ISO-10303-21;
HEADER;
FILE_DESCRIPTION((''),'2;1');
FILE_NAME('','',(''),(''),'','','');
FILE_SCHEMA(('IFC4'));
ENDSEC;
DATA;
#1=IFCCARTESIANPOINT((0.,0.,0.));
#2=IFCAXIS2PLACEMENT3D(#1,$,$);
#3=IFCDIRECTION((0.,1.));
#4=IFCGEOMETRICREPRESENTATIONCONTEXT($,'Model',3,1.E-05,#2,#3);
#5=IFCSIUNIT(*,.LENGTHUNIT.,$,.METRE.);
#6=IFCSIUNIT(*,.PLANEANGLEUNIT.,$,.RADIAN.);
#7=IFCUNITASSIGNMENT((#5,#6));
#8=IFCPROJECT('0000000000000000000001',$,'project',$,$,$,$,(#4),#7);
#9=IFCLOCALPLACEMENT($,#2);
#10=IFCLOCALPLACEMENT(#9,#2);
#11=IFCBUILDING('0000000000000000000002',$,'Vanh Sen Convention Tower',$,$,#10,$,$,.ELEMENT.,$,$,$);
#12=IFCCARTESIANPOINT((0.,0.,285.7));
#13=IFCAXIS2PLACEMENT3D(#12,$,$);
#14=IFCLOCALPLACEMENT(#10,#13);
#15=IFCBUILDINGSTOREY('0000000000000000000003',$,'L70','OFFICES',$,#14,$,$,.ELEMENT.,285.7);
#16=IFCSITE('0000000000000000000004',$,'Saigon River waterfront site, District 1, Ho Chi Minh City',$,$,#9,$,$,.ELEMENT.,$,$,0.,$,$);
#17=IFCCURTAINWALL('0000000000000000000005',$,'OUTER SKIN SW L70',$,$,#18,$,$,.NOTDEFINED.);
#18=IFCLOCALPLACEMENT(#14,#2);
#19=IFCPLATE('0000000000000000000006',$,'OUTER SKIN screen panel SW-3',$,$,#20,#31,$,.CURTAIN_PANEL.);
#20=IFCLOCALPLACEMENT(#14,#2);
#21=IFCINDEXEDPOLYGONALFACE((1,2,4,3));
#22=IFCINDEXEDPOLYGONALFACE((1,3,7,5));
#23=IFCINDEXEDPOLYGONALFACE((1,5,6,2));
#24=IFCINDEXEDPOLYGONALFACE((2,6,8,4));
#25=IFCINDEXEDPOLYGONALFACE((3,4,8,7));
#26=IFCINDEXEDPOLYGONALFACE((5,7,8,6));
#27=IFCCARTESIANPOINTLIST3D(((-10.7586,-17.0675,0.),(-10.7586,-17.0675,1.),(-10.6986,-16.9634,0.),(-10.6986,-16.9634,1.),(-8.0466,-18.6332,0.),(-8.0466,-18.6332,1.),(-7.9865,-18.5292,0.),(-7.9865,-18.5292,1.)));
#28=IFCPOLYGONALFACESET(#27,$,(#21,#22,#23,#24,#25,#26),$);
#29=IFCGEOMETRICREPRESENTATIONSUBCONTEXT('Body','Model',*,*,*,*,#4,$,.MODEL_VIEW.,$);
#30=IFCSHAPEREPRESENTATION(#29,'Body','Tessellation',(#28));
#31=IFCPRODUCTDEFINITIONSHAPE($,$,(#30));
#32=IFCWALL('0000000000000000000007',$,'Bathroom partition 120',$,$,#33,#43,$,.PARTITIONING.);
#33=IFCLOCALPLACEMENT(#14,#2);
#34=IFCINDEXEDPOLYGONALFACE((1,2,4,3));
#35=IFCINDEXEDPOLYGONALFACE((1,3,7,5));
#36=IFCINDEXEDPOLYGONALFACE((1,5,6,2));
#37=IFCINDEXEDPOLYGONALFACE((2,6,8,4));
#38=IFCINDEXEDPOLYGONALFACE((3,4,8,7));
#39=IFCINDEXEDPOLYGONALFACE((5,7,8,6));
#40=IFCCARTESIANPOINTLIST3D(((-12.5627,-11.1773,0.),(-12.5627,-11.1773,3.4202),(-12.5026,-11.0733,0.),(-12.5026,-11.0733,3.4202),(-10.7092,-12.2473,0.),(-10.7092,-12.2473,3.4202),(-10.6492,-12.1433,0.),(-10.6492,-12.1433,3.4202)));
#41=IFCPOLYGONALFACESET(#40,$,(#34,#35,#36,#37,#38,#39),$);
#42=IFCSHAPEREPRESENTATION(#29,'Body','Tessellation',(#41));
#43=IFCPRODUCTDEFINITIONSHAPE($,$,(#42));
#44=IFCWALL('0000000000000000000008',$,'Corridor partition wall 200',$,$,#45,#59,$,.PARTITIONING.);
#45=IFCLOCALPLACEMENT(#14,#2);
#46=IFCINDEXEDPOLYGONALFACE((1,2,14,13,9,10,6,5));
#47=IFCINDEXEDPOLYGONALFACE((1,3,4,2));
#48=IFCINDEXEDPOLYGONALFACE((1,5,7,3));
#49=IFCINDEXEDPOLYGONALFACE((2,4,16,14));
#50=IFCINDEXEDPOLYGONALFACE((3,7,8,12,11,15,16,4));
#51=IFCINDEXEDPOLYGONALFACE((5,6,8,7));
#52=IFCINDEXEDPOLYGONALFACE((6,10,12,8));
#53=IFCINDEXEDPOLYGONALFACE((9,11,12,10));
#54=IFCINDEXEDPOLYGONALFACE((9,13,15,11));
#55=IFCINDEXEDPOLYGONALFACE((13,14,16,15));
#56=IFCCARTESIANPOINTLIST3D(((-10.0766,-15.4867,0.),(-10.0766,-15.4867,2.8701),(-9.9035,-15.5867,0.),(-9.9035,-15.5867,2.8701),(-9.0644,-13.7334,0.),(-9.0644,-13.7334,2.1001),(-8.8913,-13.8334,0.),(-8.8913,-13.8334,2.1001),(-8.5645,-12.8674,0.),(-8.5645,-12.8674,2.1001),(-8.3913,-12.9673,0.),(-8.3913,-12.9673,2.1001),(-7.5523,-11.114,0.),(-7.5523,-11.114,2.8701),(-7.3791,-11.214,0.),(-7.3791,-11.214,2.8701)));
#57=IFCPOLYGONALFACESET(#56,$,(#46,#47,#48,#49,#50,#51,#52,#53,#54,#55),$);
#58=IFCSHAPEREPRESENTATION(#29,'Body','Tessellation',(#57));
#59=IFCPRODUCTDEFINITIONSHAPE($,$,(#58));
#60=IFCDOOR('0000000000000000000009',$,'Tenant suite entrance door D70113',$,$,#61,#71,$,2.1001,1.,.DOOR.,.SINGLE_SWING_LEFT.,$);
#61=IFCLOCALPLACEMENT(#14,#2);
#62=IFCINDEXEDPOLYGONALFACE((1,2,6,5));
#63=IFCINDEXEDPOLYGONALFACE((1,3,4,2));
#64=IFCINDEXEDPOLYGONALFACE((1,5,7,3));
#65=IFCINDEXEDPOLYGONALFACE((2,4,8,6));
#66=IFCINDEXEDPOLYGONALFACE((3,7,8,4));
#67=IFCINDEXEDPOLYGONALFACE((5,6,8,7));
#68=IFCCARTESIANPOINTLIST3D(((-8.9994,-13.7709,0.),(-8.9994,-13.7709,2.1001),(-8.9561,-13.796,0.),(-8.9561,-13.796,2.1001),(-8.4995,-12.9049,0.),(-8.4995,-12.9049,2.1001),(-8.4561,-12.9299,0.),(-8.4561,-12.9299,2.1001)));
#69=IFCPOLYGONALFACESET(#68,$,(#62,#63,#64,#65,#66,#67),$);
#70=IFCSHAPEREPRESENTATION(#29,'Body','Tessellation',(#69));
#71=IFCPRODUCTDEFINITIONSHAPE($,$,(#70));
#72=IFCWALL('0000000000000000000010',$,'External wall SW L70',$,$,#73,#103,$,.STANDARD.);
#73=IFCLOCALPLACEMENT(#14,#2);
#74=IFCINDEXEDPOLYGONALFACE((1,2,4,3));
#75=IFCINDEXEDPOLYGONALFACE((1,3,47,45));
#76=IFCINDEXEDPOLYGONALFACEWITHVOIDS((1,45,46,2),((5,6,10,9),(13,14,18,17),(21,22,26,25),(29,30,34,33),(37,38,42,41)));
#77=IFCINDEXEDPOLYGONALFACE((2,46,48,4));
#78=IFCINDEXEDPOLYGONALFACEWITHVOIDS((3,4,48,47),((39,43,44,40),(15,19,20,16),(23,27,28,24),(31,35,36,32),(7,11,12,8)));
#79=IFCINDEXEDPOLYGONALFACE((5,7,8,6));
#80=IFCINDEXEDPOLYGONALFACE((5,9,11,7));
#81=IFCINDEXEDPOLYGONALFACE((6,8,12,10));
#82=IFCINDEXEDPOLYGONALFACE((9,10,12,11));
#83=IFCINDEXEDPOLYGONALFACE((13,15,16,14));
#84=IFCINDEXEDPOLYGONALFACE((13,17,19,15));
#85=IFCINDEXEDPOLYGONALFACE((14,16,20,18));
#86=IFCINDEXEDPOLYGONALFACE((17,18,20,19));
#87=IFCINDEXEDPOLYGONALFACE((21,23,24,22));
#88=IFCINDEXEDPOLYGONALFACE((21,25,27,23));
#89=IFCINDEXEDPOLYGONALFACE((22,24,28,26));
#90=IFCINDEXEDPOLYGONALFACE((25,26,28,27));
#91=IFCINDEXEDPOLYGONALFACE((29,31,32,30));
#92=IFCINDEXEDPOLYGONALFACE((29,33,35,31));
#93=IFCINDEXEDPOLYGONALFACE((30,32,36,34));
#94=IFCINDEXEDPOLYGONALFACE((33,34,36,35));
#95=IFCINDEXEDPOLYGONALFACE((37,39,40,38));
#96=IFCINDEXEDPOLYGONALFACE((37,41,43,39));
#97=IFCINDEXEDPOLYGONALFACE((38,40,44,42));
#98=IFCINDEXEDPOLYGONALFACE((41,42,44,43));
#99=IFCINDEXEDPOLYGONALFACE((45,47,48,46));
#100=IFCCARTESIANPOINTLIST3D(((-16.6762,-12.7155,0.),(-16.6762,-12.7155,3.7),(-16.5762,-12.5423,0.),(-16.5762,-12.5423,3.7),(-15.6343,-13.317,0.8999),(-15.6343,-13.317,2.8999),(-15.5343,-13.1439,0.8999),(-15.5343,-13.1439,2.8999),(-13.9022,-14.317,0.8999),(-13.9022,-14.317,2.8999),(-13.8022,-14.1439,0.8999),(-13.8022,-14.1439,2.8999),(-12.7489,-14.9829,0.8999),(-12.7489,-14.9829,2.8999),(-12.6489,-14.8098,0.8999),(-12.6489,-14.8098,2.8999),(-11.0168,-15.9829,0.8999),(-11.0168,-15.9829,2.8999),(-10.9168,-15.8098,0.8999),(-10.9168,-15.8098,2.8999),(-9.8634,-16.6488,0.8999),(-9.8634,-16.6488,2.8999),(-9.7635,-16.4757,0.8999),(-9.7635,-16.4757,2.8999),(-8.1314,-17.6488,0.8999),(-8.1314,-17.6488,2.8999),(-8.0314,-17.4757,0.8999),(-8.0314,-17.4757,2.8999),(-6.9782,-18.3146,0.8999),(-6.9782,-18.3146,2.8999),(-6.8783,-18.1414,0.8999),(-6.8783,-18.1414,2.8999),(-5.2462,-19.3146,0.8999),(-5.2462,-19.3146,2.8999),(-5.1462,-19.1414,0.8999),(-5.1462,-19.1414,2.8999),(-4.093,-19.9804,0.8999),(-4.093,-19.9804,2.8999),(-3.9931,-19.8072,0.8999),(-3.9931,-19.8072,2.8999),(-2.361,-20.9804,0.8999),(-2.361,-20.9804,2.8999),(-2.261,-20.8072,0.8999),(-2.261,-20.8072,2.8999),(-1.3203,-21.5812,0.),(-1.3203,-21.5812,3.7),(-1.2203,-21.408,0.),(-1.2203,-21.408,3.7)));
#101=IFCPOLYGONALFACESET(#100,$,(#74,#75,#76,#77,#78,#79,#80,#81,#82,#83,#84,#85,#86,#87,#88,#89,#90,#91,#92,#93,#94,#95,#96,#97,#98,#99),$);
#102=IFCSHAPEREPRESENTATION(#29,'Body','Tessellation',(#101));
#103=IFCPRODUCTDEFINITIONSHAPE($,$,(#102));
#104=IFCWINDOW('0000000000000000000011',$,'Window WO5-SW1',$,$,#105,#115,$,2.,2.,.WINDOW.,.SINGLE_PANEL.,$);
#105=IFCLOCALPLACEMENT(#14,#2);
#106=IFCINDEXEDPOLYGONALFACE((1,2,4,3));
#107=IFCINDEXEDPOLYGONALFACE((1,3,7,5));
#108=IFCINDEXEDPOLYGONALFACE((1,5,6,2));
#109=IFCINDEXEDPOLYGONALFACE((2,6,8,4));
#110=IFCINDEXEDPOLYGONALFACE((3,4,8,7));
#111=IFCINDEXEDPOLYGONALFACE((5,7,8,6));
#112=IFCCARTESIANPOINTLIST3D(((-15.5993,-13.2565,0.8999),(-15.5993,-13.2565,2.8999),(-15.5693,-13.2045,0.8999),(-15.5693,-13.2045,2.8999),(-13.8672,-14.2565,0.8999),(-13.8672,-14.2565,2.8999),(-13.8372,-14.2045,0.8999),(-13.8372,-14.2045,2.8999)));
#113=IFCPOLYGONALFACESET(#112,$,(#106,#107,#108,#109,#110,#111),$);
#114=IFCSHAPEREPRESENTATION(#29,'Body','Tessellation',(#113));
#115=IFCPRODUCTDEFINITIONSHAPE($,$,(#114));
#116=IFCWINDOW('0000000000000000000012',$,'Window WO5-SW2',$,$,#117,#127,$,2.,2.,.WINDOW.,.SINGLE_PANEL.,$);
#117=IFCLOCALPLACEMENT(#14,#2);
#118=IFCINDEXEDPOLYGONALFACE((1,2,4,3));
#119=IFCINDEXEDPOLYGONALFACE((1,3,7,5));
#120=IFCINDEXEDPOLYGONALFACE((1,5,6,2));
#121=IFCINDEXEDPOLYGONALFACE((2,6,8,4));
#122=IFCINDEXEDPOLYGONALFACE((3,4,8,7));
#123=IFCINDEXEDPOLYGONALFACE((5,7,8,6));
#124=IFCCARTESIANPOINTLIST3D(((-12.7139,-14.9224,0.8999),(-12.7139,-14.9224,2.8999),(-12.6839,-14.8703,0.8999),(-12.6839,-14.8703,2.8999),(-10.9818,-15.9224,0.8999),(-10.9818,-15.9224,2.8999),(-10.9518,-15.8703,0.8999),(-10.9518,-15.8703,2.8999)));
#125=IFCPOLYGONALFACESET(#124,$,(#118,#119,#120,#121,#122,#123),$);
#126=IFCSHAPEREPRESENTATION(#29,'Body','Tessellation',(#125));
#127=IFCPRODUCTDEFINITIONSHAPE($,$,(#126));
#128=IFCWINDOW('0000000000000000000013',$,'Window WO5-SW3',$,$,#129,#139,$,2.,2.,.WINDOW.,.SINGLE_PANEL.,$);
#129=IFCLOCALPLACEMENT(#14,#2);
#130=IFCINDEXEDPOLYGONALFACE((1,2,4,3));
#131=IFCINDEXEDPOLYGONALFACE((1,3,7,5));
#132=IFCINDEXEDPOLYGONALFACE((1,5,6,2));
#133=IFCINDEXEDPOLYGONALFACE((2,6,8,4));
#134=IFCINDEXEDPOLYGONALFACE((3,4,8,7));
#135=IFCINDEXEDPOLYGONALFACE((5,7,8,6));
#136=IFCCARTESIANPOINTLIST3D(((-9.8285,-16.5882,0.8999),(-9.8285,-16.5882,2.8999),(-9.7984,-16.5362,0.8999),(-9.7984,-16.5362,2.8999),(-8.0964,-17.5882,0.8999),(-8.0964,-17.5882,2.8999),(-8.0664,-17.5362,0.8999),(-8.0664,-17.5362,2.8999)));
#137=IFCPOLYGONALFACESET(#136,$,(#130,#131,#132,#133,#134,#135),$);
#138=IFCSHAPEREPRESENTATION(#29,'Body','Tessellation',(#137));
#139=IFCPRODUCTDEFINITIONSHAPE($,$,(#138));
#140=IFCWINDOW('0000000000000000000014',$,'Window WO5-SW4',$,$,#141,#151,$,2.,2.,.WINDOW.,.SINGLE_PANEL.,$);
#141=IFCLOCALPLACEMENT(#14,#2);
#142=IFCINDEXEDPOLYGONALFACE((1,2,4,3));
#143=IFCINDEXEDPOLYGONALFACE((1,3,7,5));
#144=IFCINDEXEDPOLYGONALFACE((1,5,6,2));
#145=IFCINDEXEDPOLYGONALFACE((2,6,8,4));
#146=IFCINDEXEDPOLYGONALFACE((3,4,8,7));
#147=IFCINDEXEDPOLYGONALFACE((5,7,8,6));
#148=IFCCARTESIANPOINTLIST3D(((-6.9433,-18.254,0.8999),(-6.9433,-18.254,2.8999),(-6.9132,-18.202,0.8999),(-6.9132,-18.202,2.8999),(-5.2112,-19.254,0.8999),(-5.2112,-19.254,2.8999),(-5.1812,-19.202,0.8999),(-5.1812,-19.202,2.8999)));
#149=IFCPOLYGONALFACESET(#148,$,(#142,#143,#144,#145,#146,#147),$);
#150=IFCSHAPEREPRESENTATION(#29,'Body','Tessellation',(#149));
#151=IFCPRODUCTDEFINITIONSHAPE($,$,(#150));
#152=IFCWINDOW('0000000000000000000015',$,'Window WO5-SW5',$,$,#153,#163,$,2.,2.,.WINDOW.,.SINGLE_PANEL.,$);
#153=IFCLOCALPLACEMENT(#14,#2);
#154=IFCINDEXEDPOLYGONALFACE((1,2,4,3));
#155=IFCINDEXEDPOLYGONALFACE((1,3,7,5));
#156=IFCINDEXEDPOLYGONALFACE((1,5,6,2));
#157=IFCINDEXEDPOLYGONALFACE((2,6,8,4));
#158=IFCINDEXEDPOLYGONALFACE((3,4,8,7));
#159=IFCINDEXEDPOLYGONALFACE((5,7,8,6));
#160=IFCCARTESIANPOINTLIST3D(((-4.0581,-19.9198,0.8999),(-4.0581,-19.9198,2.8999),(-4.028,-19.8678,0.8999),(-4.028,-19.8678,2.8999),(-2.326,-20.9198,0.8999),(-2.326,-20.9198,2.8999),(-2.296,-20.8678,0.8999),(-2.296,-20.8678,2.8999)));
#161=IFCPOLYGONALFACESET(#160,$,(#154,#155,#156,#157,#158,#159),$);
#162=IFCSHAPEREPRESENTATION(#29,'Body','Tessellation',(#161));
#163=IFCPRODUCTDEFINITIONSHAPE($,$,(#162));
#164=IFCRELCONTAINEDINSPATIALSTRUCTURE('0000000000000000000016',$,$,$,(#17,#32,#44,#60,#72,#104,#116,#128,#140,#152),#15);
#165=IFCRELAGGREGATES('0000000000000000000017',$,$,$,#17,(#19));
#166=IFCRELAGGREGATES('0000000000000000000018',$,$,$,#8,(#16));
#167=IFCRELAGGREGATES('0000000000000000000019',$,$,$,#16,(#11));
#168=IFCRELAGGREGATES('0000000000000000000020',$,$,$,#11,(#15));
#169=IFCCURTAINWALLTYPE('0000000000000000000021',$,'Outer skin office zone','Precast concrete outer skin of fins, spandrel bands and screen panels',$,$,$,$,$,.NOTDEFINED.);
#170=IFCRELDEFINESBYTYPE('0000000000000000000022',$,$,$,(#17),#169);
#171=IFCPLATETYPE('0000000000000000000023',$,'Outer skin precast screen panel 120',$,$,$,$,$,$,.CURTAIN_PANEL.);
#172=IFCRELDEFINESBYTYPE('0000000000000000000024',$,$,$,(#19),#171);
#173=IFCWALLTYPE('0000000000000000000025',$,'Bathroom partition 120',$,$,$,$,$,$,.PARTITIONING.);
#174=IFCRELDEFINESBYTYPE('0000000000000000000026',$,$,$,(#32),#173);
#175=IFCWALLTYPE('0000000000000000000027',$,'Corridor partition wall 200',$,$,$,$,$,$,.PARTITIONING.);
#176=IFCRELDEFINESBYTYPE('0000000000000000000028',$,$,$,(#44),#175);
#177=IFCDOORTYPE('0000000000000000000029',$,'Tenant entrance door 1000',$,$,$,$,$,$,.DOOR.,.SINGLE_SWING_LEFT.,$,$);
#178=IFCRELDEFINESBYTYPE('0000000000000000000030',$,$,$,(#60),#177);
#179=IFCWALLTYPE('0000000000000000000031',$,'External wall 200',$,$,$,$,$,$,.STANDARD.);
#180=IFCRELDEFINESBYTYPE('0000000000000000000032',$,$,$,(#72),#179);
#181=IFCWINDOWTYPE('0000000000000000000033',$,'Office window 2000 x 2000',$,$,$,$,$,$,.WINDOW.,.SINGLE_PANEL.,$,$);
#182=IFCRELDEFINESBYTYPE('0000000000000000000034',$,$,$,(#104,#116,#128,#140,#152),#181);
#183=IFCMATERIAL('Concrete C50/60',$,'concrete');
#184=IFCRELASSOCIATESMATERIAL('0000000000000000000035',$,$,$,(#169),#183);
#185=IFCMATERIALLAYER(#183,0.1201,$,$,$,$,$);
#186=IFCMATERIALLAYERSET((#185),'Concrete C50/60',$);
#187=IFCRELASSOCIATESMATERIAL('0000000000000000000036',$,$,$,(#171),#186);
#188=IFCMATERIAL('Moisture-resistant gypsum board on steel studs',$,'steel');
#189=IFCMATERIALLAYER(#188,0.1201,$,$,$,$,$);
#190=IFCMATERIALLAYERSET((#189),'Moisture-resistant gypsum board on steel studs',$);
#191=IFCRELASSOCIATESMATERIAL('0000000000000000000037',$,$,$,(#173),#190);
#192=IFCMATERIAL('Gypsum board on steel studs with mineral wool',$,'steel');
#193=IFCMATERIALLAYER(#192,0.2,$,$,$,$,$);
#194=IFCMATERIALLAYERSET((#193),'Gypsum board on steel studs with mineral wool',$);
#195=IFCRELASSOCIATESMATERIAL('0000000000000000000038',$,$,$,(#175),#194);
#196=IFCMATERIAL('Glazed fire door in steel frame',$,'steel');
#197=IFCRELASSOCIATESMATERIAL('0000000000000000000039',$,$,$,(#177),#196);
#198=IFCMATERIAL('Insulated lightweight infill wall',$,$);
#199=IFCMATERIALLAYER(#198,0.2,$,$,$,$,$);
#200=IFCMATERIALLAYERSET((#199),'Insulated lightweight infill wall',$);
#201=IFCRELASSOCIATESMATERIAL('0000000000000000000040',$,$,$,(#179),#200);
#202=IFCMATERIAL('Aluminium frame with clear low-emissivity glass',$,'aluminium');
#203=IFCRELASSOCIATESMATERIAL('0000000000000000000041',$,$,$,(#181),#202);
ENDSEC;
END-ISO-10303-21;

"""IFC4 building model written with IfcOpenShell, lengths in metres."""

from ifc_helpers import new_model, si_unit, direction, frame, frame_2d, origin, origin_2d, place, context, subcontext, project, spatial, rectangle, extrude, material, layer, layer_set, type_object, element, fill, aggregate, save


model = new_model("IFC4")

# Units and contexts
model_context = context("Model", 3, precision=1e-05, world=origin(), true_north=direction((0.0, 1.0)))
body_context = subcontext(model_context, "Body", "Model", "MODEL_VIEW")
ifc_project = project(units=[si_unit("LENGTHUNIT", "METRE"), si_unit("PLANEANGLEUNIT", "RADIAN")], contexts=[model_context])

# Site, building, storey
site_placement = place(None, origin())
site = spatial("IfcSite", under=ifc_project, at=site_placement, Name="Saigon River waterfront site, District 1, Ho Chi Minh City", CompositionType="ELEMENT", RefElevation=0.0)
building_placement = place(site_placement, origin())
building = spatial("IfcBuilding", under=site, at=building_placement, Name="Vanh Sen Convention Tower", CompositionType="ELEMENT")
storey_placement = place(building_placement, frame((0.0, 0.0, 285.7)))
storey = spatial("IfcBuildingStorey", under=building, at=storey_placement, Name="L70", Description="OFFICES", CompositionType="ELEMENT", Elevation=285.7)

# Curtain wall
ifc_material_1 = material(Name="Concrete C50/60", Category="concrete")
curtain_wall_type = type_object("IfcCurtainWallType", Name="Outer skin office zone", Description="Precast concrete outer skin of fins, spandrel bands and screen panels", PredefinedType="NOTDEFINED", material=ifc_material_1)
curtain_wall_placement = place(storey_placement, origin())
curtain_wall = element("IfcCurtainWall", 1, at=curtain_wall_placement, inside=storey, type_object=curtain_wall_type, Name="OUTER SKIN SW L70", PredefinedType="NOTDEFINED")

# Plate
ifc_layer_1 = layer(ifc_material_1, 0.1201)
ifc_layer_set_1 = layer_set([ifc_layer_1], Name="Concrete C50/60")
plate_type = type_object("IfcPlateType", Name="Outer skin precast screen panel 120", PredefinedType="CURTAIN_PANEL", material=ifc_layer_set_1)
plate_1_placement = place(storey_placement, frame((-9.3726, -17.7983, 0.0), z_axis=(0.0, 0.0, 1.0), x_axis=(0.866029, -0.499994, 0.0)))
plate_1 = element("IfcPlate", 2, at=plate_1_placement, type_object=plate_type, Name="OUTER SKIN screen panel SW-3", PredefinedType="CURTAIN_PANEL", context=body_context, shape_type="SweptSolid", body=[
    extrude(rectangle(XDim=3.1316, YDim=0.1201, at=origin_2d()), origin(), (0.0, 0.0, 1.0), 1.0),
])
aggregate(curtain_wall, [plate_1])

# Wall
ifc_material_2 = material(Name="Moisture-resistant gypsum board on steel studs", Category="steel")
ifc_layer_2 = layer(ifc_material_2, 0.1201)
ifc_layer_set_2 = layer_set([ifc_layer_2], Name="Moisture-resistant gypsum board on steel studs")
wall_type_1 = type_object("IfcWallType", Name="Bathroom partition 120", PredefinedType="PARTITIONING", material=ifc_layer_set_2)
wall_1_placement = place(storey_placement, frame((-10.6792, -12.1953, 0.0), z_axis=(0.0, 0.0, 1.0), x_axis=(-0.866037, 0.499979, 0.0)))
element("IfcWall", 3, at=wall_1_placement, inside=storey, type_object=wall_type_1, Name="Bathroom partition 120", PredefinedType="PARTITIONING", context=body_context, shape_type="SweptSolid", body=[
    extrude(rectangle(XDim=2.1401, YDim=0.1201, at=frame_2d((1.0701, 0.0))), origin(), (0.0, 0.0, 1.0), 3.4202),
])

# Wall, opening, door
ifc_material_3 = material(Name="Gypsum board on steel studs with mineral wool", Category="steel")
ifc_layer_3 = layer(ifc_material_3, 0.2)
ifc_layer_set_3 = layer_set([ifc_layer_3], Name="Gypsum board on steel studs with mineral wool")
wall_type_2 = type_object("IfcWallType", Name="Corridor partition wall 200", PredefinedType="PARTITIONING", material=ifc_layer_set_3)
wall_2_placement = place(storey_placement, frame((-9.99, -15.5366, 0.0), z_axis=(0.0, 0.0, 1.0), x_axis=(0.499967, 0.866045, 0.0)))
wall_2 = element("IfcWall", 4, at=wall_2_placement, inside=storey, type_object=wall_type_2, Name="Corridor partition wall 200", PredefinedType="PARTITIONING", context=body_context, shape_type="SweptSolid", body=[
    extrude(rectangle(XDim=5.0491, YDim=0.2, at=frame_2d((2.5244, 0.0))), origin(), (0.0, 0.0, 1.0), 2.8701),
])
opening_1_placement = place(wall_2_placement, frame((2.0244, 0.0, 0.0)))
opening_1 = element("IfcOpeningElement", 5, at=opening_1_placement, cuts=wall_2, PredefinedType="OPENING", context=body_context, shape_type="SweptSolid", body=[
    extrude(rectangle(XDim=1.0, YDim=2.1001, at=frame_2d((0.5, 1.05))), frame((0.0, 0.1099, 0.0), z_axis=(0.0, -1.0, 0.0), x_axis=(1.0, 0.0, 0.0)), (0.0, 0.0, 1.0), 0.22),
])
ifc_material_4 = material(Name="Glazed fire door in steel frame", Category="steel")
door_type = type_object("IfcDoorType", Name="Tenant entrance door 1000", OperationType="SINGLE_SWING_LEFT", PredefinedType="DOOR", material=ifc_material_4)
door_placement = place(opening_1_placement, origin())
door = element("IfcDoor", 6, at=door_placement, inside=storey, type_object=door_type, Name="Tenant suite entrance door D70113", OperationType="SINGLE_SWING_LEFT", OverallHeight=2.1001, OverallWidth=1.0, PredefinedType="DOOR", context=body_context, shape_type="SweptSolid", body=[
    extrude(rectangle(XDim=1.0, YDim=2.1001, at=frame_2d((0.5, 1.05))), frame((0.0, 0.0249, 0.0), z_axis=(0.0, -1.0, 0.0), x_axis=(1.0, 0.0, 0.0)), (0.0, 0.0, 1.0), 0.05),
])
fill(opening_1, door)

# Wall, openings, windows
ifc_material_5 = material(Name="Insulated lightweight infill wall")
ifc_layer_4 = layer(ifc_material_5, 0.2)
ifc_layer_set_4 = layer_set([ifc_layer_4], Name="Insulated lightweight infill wall")
wall_type_3 = type_object("IfcWallType", Name="External wall 200", PredefinedType="STANDARD", material=ifc_layer_set_4)
wall_3_placement = place(storey_placement, frame((-16.6262, -12.6289, 0.0), z_axis=(0.0, 0.0, 1.0), x_axis=(0.866026, -0.499998, 0.0)))
wall_3 = element("IfcWall", 7, at=wall_3_placement, inside=storey, type_object=wall_type_3, Name="External wall SW L70", PredefinedType="STANDARD", context=body_context, shape_type="SweptSolid", body=[
    extrude(rectangle(XDim=17.7314, YDim=0.2, at=frame_2d((8.8657, 0.0))), origin(), (0.0, 0.0, 1.0), 3.7),
])
opening_2_placement = place(wall_3_placement, frame((1.2031, 0.0, 0.8999)))
opening_2 = element("IfcOpeningElement", 8, at=opening_2_placement, cuts=wall_3, PredefinedType="OPENING", context=body_context, shape_type="SweptSolid", body=[
    extrude(rectangle(XDim=2.0, YDim=2.0, at=frame_2d((1.0, 1.0))), frame((0.0, 0.1099, 0.0), z_axis=(0.0, -1.0, 0.0), x_axis=(1.0, 0.0, 0.0)), (0.0, 0.0, 1.0), 0.22),
])
opening_3_placement = place(wall_3_placement, frame((4.5349, 0.0, 0.8999)))
opening_3 = element("IfcOpeningElement", 9, at=opening_3_placement, cuts=wall_3, PredefinedType="OPENING", context=body_context, shape_type="SweptSolid", body=[
    extrude(rectangle(XDim=2.0, YDim=2.0, at=frame_2d((1.0, 1.0))), frame((0.0, 0.1099, 0.0), z_axis=(0.0, -1.0, 0.0), x_axis=(1.0, 0.0, 0.0)), (0.0, 0.0, 1.0), 0.22),
])
opening_4_placement = place(wall_3_placement, frame((7.8667, 0.0, 0.8999)))
opening_4 = element("IfcOpeningElement", 10, at=opening_4_placement, cuts=wall_3, PredefinedType="OPENING", context=body_context, shape_type="SweptSolid", body=[
    extrude(rectangle(XDim=2.0, YDim=2.0, at=frame_2d((1.0, 1.0))), frame((0.0, 0.1099, 0.0), z_axis=(0.0, -1.0, 0.0), x_axis=(1.0, 0.0, 0.0)), (0.0, 0.0, 1.0), 0.22),
])
opening_5_placement = place(wall_3_placement, frame((11.1982, 0.0, 0.8999)))
opening_5 = element("IfcOpeningElement", 11, at=opening_5_placement, cuts=wall_3, PredefinedType="OPENING", context=body_context, shape_type="SweptSolid", body=[
    extrude(rectangle(XDim=2.0, YDim=2.0, at=frame_2d((1.0, 1.0))), frame((0.0, 0.1099, 0.0), z_axis=(0.0, -1.0, 0.0), x_axis=(1.0, 0.0, 0.0)), (0.0, 0.0, 1.0), 0.22),
])
opening_6_placement = place(wall_3_placement, frame((14.5298, 0.0, 0.8999)))
opening_6 = element("IfcOpeningElement", 12, at=opening_6_placement, cuts=wall_3, PredefinedType="OPENING", context=body_context, shape_type="SweptSolid", body=[
    extrude(rectangle(XDim=2.0, YDim=2.0, at=frame_2d((1.0, 1.0))), frame((0.0, 0.1099, 0.0), z_axis=(0.0, -1.0, 0.0), x_axis=(1.0, 0.0, 0.0)), (0.0, 0.0, 1.0), 0.22),
])
ifc_material_6 = material(Name="Aluminium frame with clear low-emissivity glass", Category="aluminium")
window_type = type_object("IfcWindowType", Name="Office window 2000 x 2000", PartitioningType="SINGLE_PANEL", PredefinedType="WINDOW", material=ifc_material_6)
window_1_placement = place(opening_2_placement, origin())
window_1 = element("IfcWindow", 13, at=window_1_placement, inside=storey, type_object=window_type, Name="Window WO5-SW1", OverallHeight=2.0, OverallWidth=2.0, PartitioningType="SINGLE_PANEL", PredefinedType="WINDOW", context=body_context, shape_type="SweptSolid", body=[
    extrude(rectangle(XDim=2.0, YDim=2.0, at=frame_2d((1.0, 1.0))), frame((0.0, 0.03, 0.0), z_axis=(0.0, -1.0, 0.0), x_axis=(1.0, 0.0, 0.0)), (0.0, 0.0, 1.0), 0.0601),
])
fill(opening_2, window_1)
window_2_placement = place(opening_3_placement, origin())
window_2 = element("IfcWindow", 14, at=window_2_placement, inside=storey, type_object=window_type, Name="Window WO5-SW2", OverallHeight=2.0, OverallWidth=2.0, PartitioningType="SINGLE_PANEL", PredefinedType="WINDOW", context=body_context, shape_type="SweptSolid", body=[
    extrude(rectangle(XDim=2.0, YDim=2.0, at=frame_2d((1.0, 1.0))), frame((0.0, 0.03, 0.0), z_axis=(0.0, -1.0, 0.0), x_axis=(1.0, 0.0, 0.0)), (0.0, 0.0, 1.0), 0.0601),
])
fill(opening_3, window_2)
window_3_placement = place(opening_4_placement, origin())
window_3 = element("IfcWindow", 15, at=window_3_placement, inside=storey, type_object=window_type, Name="Window WO5-SW3", OverallHeight=2.0, OverallWidth=2.0, PartitioningType="SINGLE_PANEL", PredefinedType="WINDOW", context=body_context, shape_type="SweptSolid", body=[
    extrude(rectangle(XDim=2.0, YDim=2.0, at=frame_2d((1.0, 1.0))), frame((0.0, 0.03, 0.0), z_axis=(0.0, -1.0, 0.0), x_axis=(1.0, 0.0, 0.0)), (0.0, 0.0, 1.0), 0.0601),
])
fill(opening_4, window_3)
window_4_placement = place(opening_5_placement, origin())
window_4 = element("IfcWindow", 16, at=window_4_placement, inside=storey, type_object=window_type, Name="Window WO5-SW4", OverallHeight=2.0, OverallWidth=2.0, PartitioningType="SINGLE_PANEL", PredefinedType="WINDOW", context=body_context, shape_type="SweptSolid", body=[
    extrude(rectangle(XDim=2.0, YDim=2.0, at=frame_2d((1.0, 1.0))), frame((0.0, 0.03, 0.0), z_axis=(0.0, -1.0, 0.0), x_axis=(1.0, 0.0, 0.0)), (0.0, 0.0, 1.0), 0.0601),
])
fill(opening_5, window_4)
window_5_placement = place(opening_6_placement, origin())
window_5 = element("IfcWindow", 17, at=window_5_placement, inside=storey, type_object=window_type, Name="Window WO5-SW5", OverallHeight=2.0, OverallWidth=2.0, PartitioningType="SINGLE_PANEL", PredefinedType="WINDOW", context=body_context, shape_type="SweptSolid", body=[
    extrude(rectangle(XDim=2.0, YDim=2.0, at=frame_2d((1.0, 1.0))), frame((0.0, 0.03, 0.0), z_axis=(0.0, -1.0, 0.0), x_axis=(1.0, 0.0, 0.0)), (0.0, 0.0, 1.0), 0.0601),
])
fill(opening_6, window_5)

save(model, "model.ifc")
